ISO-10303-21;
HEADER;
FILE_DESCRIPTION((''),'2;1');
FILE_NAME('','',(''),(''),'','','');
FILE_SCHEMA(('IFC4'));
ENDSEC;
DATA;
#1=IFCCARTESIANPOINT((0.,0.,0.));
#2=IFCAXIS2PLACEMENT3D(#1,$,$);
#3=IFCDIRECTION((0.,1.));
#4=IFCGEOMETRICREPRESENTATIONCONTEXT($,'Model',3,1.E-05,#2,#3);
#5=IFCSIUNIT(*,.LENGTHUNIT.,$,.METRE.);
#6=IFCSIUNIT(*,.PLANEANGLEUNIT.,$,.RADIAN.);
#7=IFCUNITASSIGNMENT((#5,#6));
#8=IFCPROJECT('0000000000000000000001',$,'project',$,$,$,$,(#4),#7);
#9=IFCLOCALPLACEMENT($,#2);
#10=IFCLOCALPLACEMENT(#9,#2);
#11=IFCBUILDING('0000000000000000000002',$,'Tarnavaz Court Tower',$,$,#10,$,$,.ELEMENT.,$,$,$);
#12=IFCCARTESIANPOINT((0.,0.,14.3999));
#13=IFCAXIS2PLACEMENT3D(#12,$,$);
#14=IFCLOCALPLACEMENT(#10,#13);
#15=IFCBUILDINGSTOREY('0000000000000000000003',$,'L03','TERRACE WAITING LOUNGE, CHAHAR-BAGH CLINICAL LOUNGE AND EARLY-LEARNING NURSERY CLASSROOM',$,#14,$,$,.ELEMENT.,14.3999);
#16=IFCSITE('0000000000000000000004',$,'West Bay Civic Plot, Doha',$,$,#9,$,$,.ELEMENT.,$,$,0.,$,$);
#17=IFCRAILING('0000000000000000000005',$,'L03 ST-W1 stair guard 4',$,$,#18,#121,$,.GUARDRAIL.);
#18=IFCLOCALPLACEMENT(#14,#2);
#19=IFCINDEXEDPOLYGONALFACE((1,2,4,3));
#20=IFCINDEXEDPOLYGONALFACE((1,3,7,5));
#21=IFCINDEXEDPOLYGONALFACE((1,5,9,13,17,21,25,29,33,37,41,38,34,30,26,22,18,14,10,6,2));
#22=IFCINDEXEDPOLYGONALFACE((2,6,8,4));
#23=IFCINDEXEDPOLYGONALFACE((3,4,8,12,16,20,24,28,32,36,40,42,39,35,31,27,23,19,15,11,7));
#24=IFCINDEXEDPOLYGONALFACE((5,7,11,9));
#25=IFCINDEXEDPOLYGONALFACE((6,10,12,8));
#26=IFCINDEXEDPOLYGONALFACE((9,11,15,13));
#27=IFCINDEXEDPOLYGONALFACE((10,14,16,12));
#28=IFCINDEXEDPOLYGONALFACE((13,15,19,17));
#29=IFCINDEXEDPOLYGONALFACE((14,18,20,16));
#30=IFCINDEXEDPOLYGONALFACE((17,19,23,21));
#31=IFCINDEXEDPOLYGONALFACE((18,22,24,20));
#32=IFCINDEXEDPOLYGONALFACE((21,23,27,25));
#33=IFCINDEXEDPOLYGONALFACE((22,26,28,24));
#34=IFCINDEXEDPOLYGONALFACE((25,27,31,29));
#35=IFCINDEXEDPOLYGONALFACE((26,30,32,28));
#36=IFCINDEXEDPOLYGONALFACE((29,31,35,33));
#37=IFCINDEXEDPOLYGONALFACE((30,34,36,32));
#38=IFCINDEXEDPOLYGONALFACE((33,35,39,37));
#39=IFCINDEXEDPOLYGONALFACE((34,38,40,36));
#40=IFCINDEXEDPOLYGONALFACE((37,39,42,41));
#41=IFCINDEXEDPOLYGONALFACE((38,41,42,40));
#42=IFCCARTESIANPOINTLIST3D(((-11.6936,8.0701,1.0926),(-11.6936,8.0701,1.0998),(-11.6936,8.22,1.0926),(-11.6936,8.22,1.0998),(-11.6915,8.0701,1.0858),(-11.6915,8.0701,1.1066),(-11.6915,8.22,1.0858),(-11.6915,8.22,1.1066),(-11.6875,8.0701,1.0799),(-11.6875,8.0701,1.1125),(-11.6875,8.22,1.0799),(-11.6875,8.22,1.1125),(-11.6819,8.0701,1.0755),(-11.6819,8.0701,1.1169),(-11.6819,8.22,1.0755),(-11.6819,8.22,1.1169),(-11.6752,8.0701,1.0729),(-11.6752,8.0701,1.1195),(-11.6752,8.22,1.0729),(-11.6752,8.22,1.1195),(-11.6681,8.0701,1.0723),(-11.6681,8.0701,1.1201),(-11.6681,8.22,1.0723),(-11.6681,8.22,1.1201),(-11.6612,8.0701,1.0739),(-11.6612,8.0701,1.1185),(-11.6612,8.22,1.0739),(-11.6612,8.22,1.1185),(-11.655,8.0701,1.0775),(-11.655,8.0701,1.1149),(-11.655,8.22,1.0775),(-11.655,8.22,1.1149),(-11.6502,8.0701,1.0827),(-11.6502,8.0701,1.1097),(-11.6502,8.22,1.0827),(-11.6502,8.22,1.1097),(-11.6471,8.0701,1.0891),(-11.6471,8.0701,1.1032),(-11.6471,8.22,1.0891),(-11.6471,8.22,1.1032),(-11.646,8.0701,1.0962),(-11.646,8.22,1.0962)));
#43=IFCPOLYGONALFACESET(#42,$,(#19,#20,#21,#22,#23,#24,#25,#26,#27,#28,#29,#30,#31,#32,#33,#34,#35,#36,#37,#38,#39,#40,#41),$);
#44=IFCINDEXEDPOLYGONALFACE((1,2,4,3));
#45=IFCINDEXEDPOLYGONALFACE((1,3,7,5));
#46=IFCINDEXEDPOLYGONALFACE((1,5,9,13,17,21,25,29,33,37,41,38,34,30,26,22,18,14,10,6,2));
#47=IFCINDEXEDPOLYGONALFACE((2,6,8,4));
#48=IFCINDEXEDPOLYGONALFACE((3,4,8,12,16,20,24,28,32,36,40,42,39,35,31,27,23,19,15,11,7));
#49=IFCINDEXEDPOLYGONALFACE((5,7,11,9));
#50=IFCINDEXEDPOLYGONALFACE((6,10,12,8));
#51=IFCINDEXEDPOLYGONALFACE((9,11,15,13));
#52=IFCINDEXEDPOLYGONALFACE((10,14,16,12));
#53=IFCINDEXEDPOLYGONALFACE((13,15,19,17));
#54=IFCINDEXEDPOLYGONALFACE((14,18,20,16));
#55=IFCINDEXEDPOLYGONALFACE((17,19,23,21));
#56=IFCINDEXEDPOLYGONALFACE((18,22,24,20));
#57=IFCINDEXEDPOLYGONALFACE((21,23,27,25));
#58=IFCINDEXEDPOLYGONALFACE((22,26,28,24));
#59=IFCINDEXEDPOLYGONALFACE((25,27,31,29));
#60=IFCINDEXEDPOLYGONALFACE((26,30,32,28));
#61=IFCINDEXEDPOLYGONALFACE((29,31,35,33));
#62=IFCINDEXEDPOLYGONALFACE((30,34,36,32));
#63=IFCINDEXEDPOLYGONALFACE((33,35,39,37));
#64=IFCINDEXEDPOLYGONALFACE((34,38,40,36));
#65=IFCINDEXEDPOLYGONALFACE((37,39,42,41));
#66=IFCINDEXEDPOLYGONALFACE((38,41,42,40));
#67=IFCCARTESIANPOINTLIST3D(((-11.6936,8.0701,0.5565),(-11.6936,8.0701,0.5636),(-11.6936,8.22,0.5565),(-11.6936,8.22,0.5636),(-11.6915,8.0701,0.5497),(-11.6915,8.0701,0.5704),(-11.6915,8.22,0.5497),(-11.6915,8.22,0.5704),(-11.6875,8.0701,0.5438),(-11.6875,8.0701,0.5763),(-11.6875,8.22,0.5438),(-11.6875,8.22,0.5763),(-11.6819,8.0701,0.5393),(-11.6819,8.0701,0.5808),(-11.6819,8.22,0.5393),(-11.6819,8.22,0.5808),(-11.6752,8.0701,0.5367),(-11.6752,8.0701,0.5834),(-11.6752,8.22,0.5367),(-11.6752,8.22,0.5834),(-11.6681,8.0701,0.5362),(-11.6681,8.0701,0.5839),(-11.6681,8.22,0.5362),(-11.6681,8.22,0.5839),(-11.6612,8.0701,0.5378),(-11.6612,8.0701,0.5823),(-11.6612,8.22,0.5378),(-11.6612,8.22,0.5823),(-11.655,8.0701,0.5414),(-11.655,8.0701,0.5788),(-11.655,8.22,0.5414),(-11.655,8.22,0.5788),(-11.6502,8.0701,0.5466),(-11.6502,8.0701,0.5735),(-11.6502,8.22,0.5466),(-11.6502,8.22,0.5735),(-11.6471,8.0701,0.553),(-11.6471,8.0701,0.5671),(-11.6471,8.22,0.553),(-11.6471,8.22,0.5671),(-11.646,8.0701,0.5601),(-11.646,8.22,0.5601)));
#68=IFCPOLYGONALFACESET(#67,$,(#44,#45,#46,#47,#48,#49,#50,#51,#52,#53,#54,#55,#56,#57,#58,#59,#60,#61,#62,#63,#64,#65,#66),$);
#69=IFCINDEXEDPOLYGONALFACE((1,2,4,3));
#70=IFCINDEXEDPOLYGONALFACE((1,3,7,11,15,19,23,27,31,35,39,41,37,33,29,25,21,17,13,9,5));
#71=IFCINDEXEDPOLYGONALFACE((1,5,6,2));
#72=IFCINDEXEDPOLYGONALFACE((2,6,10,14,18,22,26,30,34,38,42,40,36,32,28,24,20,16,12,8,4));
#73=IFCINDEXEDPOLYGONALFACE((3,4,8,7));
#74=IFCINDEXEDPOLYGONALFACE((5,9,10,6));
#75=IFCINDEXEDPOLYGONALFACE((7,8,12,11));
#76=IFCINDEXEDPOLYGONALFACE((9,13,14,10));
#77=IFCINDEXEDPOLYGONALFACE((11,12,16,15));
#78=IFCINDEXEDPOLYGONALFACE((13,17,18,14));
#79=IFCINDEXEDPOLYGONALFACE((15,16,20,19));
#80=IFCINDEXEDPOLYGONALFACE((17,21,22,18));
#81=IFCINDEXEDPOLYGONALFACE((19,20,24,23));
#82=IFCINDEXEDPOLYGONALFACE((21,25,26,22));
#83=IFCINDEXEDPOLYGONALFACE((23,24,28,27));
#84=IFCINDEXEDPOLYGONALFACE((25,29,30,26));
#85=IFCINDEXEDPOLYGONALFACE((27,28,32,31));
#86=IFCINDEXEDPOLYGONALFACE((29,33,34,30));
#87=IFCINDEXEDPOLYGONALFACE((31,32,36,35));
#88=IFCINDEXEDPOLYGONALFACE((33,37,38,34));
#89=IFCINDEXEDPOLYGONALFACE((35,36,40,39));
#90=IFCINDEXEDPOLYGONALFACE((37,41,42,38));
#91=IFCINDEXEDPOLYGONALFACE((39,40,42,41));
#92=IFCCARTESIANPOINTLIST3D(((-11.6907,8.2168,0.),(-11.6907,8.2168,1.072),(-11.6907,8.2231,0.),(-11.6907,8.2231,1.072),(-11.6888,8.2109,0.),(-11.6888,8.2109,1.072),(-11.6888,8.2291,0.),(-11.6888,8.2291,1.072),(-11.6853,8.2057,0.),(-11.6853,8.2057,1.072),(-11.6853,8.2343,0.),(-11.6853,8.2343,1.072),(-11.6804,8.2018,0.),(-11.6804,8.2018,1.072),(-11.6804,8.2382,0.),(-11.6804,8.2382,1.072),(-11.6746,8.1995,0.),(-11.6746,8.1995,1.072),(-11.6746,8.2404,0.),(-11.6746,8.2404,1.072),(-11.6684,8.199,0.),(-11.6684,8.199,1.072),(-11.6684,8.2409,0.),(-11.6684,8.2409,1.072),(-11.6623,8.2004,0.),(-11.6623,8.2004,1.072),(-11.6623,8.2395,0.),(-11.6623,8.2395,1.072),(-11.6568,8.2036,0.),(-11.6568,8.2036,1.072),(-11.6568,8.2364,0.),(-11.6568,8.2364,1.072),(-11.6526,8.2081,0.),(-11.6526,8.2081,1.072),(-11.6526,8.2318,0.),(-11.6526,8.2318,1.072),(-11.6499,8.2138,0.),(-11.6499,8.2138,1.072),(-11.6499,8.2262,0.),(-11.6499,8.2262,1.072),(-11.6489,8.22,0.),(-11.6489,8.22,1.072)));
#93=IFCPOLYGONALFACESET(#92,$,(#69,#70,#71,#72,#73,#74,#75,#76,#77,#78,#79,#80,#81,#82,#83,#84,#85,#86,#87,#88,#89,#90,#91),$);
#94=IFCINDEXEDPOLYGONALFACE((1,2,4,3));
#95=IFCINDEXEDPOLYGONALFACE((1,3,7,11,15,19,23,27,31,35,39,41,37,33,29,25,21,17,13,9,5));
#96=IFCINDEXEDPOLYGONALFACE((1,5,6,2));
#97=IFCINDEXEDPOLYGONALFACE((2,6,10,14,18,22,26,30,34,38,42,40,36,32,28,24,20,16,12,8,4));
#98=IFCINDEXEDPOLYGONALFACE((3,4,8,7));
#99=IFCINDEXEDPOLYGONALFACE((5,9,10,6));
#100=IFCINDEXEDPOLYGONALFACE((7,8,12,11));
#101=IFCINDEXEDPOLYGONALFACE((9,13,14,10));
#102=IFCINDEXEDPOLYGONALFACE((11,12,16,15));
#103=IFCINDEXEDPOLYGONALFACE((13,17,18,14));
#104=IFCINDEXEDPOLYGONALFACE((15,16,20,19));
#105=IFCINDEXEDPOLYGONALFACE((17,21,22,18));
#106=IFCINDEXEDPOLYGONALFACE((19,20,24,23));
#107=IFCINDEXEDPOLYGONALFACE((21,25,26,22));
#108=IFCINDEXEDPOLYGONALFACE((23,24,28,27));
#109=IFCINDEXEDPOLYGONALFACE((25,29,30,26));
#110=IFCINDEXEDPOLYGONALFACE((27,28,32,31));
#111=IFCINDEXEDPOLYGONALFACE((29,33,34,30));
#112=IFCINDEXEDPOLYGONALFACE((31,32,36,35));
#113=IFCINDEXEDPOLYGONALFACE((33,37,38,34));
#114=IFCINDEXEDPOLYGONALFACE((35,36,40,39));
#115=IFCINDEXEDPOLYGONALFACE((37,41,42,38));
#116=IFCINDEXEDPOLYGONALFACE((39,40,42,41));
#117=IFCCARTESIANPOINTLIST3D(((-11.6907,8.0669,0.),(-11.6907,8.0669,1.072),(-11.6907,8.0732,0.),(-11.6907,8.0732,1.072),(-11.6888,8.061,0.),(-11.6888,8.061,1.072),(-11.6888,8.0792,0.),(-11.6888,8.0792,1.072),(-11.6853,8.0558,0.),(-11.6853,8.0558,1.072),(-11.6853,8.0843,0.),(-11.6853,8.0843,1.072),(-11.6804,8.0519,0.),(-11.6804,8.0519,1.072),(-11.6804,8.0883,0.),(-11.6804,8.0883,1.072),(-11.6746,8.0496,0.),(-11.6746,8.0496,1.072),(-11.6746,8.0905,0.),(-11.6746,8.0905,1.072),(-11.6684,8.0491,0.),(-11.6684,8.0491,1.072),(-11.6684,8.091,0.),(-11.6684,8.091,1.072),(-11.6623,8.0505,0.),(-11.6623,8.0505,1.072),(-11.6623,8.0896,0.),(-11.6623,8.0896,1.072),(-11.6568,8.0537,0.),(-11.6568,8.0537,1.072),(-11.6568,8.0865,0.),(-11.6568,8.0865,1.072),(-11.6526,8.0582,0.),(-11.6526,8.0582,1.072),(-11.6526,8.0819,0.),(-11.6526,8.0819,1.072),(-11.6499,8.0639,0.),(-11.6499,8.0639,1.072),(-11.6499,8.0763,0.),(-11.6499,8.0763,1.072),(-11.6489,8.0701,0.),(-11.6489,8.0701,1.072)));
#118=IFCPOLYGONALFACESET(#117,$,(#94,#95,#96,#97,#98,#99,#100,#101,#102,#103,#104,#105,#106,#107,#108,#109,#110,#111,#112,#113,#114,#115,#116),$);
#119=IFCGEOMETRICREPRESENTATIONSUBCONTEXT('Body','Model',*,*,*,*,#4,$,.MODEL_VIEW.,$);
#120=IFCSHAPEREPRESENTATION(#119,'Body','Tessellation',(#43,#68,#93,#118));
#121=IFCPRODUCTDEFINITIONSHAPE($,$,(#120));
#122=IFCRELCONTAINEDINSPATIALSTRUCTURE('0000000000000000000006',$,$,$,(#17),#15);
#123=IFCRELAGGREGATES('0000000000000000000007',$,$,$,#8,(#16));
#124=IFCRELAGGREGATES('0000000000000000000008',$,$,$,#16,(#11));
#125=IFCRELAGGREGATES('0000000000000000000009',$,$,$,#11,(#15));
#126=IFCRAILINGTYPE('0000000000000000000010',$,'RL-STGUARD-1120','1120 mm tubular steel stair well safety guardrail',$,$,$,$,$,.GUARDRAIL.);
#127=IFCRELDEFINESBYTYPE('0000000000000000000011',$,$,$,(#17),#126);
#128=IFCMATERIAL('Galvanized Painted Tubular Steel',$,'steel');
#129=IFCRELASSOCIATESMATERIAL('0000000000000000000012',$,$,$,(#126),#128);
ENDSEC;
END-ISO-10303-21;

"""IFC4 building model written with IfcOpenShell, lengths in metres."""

from ifc_helpers import new_model, si_unit, direction, frame, origin, origin_2d, place, context, subcontext, project, spatial, circle, extrude, material, type_object, element, save


model = new_model("IFC4")

# Units and contexts
model_context = context("Model", 3, precision=1e-05, world=origin(), true_north=direction((0.0, 1.0)))
body_context = subcontext(model_context, "Body", "Model", "MODEL_VIEW")
ifc_project = project(units=[si_unit("LENGTHUNIT", "METRE"), si_unit("PLANEANGLEUNIT", "RADIAN")], contexts=[model_context])

# Site, building, storey
site_placement = place(None, origin())
site = spatial("IfcSite", under=ifc_project, at=site_placement, Name="West Bay Civic Plot, Doha", CompositionType="ELEMENT", RefElevation=0.0)
building_placement = place(site_placement, origin())
building = spatial("IfcBuilding", under=site, at=building_placement, Name="Tarnavaz Court Tower", CompositionType="ELEMENT")
storey_placement = place(building_placement, frame((0.0, 0.0, 14.3999)))
storey = spatial("IfcBuildingStorey", under=building, at=storey_placement, Name="L03", Description="TERRACE WAITING LOUNGE, CHAHAR-BAGH CLINICAL LOUNGE AND EARLY-LEARNING NURSERY CLASSROOM", CompositionType="ELEMENT", Elevation=14.3999)

# Railing
ifc_material_1 = material(Name="Galvanized Painted Tubular Steel", Category="steel")
railing_type_1 = type_object("IfcRailingType", Name="RL-STGUARD-1120", Description="1120 mm tubular steel stair well safety guardrail", PredefinedType="GUARDRAIL", material=ifc_material_1)
railing_1_placement = place(storey_placement, frame((-11.6699, 8.22, 0.0)))
element("IfcRailing", 1, at=railing_1_placement, inside=storey, type_object=railing_type_1, Name="L03 ST-W1 stair guard 4", PredefinedType="GUARDRAIL", context=body_context, shape_type="SweptSolid", body=[
    extrude(circle(Radius=0.0239, at=origin_2d()), frame((0.0, 0.0, 1.0962), z_axis=(0.0, -1.0, 0.0), x_axis=(1.0, 0.0, 0.0)), (0.0, 0.0, 1.0), 0.1499),
    extrude(circle(Radius=0.0239, at=origin_2d()), frame((0.0, 0.0, 0.5601), z_axis=(0.0, -1.0, 0.0), x_axis=(1.0, 0.0, 0.0)), (0.0, 0.0, 1.0), 0.1499),
    extrude(circle(Radius=0.021, at=origin_2d()), origin(), (0.0, 0.0, 1.0), 1.072),
    extrude(circle(Radius=0.021, at=origin_2d()), frame((0.0, -0.1499, 0.0)), (0.0, 0.0, 1.0), 1.072),
])

save(model, "model.ifc")
